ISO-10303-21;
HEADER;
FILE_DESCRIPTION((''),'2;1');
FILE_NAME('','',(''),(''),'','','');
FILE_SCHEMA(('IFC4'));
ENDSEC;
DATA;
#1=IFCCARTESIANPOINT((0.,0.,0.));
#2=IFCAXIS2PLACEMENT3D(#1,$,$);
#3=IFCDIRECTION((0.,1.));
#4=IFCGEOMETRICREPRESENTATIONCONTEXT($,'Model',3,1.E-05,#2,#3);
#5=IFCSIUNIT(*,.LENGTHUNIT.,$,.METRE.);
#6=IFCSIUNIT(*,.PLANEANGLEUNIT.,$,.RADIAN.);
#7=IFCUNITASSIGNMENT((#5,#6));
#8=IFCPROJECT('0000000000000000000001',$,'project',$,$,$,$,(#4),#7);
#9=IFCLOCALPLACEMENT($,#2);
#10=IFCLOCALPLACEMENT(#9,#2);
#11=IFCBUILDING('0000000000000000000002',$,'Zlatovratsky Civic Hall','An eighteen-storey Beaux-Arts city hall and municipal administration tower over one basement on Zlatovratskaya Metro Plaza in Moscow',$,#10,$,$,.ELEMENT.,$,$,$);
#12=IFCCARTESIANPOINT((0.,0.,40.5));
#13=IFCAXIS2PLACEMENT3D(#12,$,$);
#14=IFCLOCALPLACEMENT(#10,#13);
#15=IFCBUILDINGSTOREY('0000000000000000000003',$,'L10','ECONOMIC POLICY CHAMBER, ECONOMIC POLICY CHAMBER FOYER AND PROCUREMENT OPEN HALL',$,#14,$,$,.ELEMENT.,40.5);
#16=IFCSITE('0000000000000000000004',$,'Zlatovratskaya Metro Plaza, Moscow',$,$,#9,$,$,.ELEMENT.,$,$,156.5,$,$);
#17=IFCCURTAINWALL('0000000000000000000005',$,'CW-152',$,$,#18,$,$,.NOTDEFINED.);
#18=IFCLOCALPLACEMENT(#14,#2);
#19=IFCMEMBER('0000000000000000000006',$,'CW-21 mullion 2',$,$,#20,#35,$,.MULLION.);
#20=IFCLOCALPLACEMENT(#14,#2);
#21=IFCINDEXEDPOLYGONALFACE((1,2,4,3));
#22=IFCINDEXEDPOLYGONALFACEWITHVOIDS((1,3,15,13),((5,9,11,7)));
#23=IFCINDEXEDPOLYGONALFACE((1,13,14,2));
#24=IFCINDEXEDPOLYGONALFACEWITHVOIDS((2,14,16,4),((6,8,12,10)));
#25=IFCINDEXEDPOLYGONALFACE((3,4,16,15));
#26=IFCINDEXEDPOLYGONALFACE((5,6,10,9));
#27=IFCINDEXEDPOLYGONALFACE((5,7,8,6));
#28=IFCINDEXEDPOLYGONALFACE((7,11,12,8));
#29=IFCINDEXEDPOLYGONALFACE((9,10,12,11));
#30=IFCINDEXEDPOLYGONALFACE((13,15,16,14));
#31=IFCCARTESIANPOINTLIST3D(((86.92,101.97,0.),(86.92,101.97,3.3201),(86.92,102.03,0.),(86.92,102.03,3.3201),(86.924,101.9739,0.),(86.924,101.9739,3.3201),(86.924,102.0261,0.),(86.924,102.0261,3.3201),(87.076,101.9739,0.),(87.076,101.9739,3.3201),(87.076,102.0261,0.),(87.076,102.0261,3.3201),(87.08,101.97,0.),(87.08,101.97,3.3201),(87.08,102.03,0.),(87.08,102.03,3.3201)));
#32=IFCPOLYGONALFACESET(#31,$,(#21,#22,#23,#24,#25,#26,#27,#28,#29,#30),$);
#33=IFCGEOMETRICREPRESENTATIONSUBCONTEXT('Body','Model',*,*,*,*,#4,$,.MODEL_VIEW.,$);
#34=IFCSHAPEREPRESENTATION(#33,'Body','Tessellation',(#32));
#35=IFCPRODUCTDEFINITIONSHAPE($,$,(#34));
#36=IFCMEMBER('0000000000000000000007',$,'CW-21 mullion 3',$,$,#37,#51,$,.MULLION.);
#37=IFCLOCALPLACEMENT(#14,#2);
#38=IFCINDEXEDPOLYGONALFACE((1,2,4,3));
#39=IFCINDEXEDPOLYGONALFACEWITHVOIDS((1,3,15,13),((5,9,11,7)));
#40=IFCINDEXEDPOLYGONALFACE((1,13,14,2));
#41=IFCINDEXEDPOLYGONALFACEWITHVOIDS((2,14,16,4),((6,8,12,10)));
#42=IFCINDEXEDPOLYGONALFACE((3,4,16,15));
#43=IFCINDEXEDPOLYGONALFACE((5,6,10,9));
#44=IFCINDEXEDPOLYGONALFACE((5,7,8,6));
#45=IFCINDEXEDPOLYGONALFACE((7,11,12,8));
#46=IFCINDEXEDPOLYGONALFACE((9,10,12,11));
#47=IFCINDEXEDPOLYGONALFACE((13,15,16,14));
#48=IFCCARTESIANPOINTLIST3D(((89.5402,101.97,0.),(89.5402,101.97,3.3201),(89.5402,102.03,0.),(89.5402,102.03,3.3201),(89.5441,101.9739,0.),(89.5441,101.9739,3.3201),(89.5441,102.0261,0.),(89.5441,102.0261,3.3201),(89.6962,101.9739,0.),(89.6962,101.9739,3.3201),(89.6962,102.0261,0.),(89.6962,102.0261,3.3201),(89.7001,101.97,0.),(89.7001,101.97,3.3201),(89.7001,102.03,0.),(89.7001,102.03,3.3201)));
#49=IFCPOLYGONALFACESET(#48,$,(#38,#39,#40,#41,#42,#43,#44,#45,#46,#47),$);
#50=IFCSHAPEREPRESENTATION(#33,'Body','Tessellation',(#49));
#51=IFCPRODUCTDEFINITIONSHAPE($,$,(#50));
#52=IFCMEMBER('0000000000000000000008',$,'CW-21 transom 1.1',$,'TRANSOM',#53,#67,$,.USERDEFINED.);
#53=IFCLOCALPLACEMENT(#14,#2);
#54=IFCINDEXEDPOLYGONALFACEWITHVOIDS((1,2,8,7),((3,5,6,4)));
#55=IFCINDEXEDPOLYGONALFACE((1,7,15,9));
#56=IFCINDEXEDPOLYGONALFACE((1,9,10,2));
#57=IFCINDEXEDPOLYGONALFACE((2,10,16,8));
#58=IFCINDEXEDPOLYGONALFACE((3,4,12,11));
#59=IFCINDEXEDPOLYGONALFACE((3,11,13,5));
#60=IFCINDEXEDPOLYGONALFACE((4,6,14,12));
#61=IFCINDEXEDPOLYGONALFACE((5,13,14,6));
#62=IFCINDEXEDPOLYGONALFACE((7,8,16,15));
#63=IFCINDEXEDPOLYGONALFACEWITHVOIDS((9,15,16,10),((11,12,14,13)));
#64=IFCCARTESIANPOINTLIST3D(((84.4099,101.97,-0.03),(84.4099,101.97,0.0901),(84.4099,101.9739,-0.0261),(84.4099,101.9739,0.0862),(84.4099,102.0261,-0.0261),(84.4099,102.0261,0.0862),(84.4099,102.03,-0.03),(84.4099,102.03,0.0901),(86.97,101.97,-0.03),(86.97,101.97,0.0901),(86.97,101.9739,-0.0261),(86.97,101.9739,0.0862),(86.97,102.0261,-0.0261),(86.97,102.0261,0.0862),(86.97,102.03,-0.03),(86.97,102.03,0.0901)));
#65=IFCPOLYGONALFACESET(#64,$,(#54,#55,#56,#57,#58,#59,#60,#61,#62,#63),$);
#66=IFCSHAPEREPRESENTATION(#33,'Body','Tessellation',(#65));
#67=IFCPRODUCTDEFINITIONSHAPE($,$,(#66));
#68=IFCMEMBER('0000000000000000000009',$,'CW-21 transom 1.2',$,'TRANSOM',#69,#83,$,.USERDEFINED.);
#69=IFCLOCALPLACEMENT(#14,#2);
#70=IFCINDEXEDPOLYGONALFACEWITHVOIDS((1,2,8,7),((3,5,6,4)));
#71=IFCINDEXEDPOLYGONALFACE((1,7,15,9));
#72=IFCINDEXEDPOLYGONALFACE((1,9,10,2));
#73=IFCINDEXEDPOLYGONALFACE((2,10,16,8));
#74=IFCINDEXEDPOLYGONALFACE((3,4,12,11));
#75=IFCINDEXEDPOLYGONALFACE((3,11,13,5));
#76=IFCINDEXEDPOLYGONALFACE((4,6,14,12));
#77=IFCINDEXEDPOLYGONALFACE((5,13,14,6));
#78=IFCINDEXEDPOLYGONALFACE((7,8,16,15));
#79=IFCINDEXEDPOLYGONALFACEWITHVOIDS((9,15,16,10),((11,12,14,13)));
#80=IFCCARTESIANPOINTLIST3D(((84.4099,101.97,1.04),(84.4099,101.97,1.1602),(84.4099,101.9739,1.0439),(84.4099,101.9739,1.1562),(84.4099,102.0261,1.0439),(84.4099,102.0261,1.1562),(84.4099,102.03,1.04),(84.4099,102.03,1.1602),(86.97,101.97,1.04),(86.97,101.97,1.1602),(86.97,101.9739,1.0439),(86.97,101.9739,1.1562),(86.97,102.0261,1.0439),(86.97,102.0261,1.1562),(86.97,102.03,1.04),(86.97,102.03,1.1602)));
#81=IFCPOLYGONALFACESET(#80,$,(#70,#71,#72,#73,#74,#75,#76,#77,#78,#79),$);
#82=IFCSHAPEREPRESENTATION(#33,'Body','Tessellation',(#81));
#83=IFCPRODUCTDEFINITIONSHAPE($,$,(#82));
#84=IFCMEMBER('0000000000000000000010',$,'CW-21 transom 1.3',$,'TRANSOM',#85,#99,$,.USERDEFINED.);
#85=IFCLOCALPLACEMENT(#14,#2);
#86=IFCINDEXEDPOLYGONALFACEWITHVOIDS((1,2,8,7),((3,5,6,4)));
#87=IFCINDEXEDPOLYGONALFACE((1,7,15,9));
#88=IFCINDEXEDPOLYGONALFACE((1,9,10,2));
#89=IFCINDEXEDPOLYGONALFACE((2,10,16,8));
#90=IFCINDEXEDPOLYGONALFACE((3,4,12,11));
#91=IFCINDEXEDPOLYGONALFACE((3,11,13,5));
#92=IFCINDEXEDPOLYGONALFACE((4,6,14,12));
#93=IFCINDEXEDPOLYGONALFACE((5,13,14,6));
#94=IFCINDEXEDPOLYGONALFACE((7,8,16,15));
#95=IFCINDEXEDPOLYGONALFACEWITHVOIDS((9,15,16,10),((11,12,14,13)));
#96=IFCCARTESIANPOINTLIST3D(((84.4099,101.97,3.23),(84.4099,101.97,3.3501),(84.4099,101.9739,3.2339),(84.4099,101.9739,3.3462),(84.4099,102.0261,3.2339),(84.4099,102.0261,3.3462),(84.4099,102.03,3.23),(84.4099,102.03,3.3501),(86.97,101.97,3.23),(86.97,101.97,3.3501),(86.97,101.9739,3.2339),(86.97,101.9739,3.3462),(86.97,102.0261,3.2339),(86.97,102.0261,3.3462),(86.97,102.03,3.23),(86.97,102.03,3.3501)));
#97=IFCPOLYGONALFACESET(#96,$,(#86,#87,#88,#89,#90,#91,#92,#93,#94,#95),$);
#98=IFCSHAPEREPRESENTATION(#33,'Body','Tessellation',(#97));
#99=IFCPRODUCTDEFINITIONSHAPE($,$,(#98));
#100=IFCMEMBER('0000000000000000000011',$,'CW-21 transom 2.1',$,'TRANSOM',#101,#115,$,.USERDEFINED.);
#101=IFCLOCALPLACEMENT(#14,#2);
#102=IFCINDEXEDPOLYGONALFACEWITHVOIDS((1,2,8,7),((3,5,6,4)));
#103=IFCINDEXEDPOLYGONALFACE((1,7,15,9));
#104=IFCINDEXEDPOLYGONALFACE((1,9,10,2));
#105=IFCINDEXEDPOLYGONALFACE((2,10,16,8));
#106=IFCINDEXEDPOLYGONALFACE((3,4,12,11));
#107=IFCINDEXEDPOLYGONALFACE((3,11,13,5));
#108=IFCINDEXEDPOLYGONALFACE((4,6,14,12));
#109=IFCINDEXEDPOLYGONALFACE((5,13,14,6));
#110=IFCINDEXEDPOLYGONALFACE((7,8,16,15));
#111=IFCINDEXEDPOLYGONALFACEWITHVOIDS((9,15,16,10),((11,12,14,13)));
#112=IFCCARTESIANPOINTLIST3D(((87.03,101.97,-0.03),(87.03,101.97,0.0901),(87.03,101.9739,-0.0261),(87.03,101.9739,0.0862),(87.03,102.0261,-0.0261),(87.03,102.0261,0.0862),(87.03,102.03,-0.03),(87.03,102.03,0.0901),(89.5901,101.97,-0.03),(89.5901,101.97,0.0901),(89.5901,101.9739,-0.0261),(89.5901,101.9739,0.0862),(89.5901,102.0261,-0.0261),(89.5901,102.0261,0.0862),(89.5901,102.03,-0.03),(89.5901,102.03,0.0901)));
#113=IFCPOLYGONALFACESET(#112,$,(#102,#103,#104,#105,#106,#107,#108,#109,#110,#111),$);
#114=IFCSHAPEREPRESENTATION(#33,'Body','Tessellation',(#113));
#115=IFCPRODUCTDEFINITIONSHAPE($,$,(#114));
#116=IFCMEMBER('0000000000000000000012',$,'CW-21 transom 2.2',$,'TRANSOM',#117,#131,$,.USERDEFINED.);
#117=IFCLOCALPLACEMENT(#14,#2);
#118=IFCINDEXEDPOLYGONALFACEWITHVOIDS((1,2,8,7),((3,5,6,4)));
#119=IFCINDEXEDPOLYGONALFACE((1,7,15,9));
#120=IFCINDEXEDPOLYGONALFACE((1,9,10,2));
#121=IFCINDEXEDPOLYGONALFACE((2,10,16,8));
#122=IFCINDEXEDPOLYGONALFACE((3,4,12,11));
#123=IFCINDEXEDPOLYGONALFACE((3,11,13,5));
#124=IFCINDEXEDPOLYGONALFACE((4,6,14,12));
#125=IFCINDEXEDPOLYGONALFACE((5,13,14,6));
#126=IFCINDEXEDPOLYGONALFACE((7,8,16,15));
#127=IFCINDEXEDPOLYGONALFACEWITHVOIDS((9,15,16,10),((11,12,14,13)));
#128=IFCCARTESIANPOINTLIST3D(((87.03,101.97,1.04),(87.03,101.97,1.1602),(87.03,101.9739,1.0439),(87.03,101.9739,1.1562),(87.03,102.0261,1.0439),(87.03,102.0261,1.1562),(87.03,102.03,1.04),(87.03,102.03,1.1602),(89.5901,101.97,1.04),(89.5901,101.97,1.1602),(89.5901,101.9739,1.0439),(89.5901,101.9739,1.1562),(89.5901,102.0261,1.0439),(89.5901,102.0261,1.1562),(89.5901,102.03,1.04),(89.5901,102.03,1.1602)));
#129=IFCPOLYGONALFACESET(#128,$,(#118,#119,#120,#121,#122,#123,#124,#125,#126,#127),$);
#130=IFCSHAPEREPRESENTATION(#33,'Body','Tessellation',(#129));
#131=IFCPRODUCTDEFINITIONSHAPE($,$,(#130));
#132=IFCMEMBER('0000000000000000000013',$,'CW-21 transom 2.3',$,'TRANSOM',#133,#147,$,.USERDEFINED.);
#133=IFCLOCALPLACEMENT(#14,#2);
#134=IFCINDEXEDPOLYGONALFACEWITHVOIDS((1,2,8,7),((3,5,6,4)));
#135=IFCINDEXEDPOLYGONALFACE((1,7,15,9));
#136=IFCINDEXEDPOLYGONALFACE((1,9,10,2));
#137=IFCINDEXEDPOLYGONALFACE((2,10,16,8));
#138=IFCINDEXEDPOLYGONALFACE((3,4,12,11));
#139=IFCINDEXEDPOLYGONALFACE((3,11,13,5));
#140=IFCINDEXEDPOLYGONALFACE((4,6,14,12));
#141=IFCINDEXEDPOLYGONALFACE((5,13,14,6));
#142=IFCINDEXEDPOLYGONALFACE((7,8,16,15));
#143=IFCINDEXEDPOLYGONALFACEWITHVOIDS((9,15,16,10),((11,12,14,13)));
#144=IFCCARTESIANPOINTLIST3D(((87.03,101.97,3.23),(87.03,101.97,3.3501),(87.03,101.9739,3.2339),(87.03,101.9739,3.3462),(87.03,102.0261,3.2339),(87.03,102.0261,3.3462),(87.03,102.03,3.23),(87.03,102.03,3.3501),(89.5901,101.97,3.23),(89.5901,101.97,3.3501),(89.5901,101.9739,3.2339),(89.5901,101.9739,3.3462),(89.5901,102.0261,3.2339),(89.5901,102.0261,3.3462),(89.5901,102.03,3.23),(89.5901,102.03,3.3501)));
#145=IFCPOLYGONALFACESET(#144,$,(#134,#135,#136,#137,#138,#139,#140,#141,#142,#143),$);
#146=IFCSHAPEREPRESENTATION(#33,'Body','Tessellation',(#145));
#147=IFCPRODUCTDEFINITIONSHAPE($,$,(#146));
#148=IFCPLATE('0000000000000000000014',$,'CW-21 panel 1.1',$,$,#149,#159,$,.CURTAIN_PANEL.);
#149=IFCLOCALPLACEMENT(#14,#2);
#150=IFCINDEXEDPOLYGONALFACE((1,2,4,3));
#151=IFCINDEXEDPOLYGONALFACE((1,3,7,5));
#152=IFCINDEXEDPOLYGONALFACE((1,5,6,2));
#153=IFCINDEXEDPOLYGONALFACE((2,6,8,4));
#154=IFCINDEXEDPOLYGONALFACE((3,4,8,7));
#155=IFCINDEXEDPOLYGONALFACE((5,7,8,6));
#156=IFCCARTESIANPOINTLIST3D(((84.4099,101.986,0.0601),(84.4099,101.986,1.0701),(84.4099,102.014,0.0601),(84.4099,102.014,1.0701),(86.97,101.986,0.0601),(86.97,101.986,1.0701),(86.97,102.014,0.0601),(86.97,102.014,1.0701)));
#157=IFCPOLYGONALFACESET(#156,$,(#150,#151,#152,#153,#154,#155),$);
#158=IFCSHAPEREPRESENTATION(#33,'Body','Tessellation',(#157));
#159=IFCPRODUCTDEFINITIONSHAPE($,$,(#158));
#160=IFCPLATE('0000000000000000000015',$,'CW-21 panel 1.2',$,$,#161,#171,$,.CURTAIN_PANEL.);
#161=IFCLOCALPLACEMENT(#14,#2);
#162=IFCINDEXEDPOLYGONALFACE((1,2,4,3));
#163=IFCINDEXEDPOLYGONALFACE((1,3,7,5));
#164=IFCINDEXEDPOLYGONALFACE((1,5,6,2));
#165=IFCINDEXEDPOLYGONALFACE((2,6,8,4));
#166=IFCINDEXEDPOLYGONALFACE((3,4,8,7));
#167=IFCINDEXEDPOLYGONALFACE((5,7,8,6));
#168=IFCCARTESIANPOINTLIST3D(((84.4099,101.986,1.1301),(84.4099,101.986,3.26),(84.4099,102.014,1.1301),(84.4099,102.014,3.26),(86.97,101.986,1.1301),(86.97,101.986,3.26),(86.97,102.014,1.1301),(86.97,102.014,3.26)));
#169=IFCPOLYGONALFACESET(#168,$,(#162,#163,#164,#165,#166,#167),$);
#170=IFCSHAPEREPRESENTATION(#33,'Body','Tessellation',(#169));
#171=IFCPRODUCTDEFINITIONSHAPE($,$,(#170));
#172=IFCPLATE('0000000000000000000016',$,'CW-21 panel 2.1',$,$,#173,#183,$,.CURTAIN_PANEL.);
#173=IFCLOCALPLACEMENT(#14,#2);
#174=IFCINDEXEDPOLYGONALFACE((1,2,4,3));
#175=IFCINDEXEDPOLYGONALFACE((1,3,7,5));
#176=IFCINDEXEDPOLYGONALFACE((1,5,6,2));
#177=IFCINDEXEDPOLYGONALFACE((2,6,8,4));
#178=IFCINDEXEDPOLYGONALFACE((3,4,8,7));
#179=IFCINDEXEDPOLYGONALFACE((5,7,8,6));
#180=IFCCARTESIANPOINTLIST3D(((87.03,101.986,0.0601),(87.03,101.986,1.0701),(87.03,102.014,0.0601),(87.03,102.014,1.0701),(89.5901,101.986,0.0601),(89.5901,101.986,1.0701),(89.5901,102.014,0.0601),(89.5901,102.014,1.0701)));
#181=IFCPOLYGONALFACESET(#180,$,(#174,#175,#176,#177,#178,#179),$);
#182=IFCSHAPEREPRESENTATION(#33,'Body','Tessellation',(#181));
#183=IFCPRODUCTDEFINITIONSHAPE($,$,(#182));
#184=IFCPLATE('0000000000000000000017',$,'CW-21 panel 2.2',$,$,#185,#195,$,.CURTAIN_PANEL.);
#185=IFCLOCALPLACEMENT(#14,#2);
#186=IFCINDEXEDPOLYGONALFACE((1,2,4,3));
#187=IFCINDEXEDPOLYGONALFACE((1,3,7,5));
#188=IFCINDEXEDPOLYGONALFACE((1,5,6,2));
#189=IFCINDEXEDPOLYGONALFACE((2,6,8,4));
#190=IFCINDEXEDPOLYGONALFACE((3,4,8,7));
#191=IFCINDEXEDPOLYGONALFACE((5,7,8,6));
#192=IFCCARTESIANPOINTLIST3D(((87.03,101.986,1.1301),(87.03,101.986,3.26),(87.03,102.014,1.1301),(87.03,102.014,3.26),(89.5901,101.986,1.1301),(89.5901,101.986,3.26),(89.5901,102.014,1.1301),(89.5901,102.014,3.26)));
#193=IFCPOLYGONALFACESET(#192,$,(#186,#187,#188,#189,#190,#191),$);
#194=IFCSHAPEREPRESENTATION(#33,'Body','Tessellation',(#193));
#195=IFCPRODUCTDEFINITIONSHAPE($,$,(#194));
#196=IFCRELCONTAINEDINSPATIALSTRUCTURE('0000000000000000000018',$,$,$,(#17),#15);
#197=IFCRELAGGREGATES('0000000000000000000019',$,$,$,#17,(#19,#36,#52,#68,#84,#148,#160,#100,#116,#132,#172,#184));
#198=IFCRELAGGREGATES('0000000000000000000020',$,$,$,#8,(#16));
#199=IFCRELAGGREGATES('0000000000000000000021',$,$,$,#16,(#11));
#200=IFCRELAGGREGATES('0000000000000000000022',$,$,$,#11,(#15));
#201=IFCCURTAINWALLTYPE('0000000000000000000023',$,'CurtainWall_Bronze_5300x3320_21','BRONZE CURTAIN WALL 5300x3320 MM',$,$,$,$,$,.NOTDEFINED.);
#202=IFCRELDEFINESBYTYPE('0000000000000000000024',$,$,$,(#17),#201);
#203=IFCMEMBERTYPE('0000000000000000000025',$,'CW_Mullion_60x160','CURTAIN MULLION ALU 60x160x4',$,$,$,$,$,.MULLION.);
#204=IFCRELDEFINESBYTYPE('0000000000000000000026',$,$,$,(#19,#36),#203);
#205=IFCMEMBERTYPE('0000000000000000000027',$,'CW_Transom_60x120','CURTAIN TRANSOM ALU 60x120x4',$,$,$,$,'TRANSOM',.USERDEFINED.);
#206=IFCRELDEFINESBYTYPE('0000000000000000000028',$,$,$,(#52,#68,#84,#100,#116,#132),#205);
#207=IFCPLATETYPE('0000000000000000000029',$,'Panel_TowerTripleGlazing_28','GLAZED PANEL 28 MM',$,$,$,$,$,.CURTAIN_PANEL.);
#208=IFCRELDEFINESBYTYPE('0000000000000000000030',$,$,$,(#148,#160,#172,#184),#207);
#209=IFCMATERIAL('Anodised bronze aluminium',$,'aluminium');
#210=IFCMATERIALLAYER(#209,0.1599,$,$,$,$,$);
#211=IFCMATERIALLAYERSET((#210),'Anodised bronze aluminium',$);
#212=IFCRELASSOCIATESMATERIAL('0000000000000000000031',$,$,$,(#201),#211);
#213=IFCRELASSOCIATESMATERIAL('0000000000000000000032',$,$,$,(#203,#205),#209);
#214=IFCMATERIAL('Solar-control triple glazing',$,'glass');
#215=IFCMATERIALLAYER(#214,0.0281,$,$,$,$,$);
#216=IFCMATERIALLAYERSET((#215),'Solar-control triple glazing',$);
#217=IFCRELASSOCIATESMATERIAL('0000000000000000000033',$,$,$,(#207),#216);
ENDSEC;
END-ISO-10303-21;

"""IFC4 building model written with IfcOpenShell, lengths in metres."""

from ifc_helpers import new_model, si_unit, direction, frame, origin, origin_2d, place, context, subcontext, project, spatial, rectangle, hollow_rectangle, extrude, material, layer, layer_set, material_profile, profile_set, type_object, element, aggregate, save


model = new_model("IFC4")

# Units and contexts
model_context = context("Model", 3, precision=1e-05, world=origin(), true_north=direction((0.0, 1.0)))
body_context = subcontext(model_context, "Body", "Model", "MODEL_VIEW")
ifc_project = project(units=[si_unit("LENGTHUNIT", "METRE"), si_unit("PLANEANGLEUNIT", "RADIAN")], contexts=[model_context])

# Site, building, storey
site_placement = place(None, origin())
site = spatial("IfcSite", under=ifc_project, at=site_placement, Name="Zlatovratskaya Metro Plaza, Moscow", CompositionType="ELEMENT", RefElevation=156.5)
building_placement = place(site_placement, origin())
building = spatial("IfcBuilding", under=site, at=building_placement, Name="Zlatovratsky Civic Hall", Description="An eighteen-storey Beaux-Arts city hall and municipal administration tower over one basement on Zlatovratskaya Metro Plaza in Moscow", CompositionType="ELEMENT")
storey_placement = place(building_placement, frame((0.0, 0.0, 40.5)))
storey = spatial("IfcBuildingStorey", under=building, at=storey_placement, Name="L10", Description="ECONOMIC POLICY CHAMBER, ECONOMIC POLICY CHAMBER FOYER AND PROCUREMENT OPEN HALL", CompositionType="ELEMENT", Elevation=40.5)

# Shared definitions
ifc_material_1 = material(Name="Anodised bronze aluminium", Category="aluminium")
ifc_layer_1 = layer(ifc_material_1, 0.1599)
ifc_layer_set_1 = layer_set([ifc_layer_1], Name="Anodised bronze aluminium")
curtain_wall_type = type_object("IfcCurtainWallType", Name="CurtainWall_Bronze_5300x3320_21", Description="BRONZE CURTAIN WALL 5300x3320 MM", PredefinedType="NOTDEFINED", material=ifc_layer_set_1)
ifc_material_profile_1 = material_profile(ifc_material_1, hollow_rectangle(XDim=0.0601, YDim=0.1599, WallThickness=0.0039, at=origin_2d()), Name="ALU 60x160x4")
ifc_profile_set_1 = profile_set([ifc_material_profile_1], Name="Anodised bronze aluminium")
member_type_1 = type_object("IfcMemberType", Name="CW_Mullion_60x160", Description="CURTAIN MULLION ALU 60x160x4", PredefinedType="MULLION", material=ifc_profile_set_1)

# Curtain wall, members, plates
curtain_wall_1_placement = place(storey_placement, origin())
curtain_wall_1 = element("IfcCurtainWall", 1, at=curtain_wall_1_placement, inside=storey, type_object=curtain_wall_type, Name="CW-152", PredefinedType="NOTDEFINED")
member_1_placement = place(storey_placement, frame((87.0, 102.0, 0.0), z_axis=(0.0, 0.0, 1.0), x_axis=(0.0, 1.0, 0.0)))
member_1 = element("IfcMember", 2, at=member_1_placement, type_object=member_type_1, Name="CW-21 mullion 2", PredefinedType="MULLION", context=body_context, shape_type="SweptSolid", body=[
    extrude(hollow_rectangle(XDim=0.0601, YDim=0.1599, WallThickness=0.0039, at=origin_2d()), origin(), (0.0, 0.0, 1.0), 3.3201),
])
member_2_placement = place(storey_placement, frame((89.6201, 102.0, 0.0), z_axis=(0.0, 0.0, 1.0), x_axis=(0.0, 1.0, 0.0)))
member_2 = element("IfcMember", 3, at=member_2_placement, type_object=member_type_1, Name="CW-21 mullion 3", PredefinedType="MULLION", context=body_context, shape_type="SweptSolid", body=[
    extrude(hollow_rectangle(XDim=0.0601, YDim=0.1599, WallThickness=0.0039, at=origin_2d()), origin(), (0.0, 0.0, 1.0), 3.3201),
])
ifc_material_profile_2 = material_profile(ifc_material_1, hollow_rectangle(XDim=0.0601, YDim=0.1201, WallThickness=0.0039, at=origin_2d()), Name="ALU 60x120x4")
ifc_profile_set_2 = profile_set([ifc_material_profile_2], Name="Anodised bronze aluminium")
member_type_2 = type_object("IfcMemberType", Name="CW_Transom_60x120", Description="CURTAIN TRANSOM ALU 60x120x4", ElementType="TRANSOM", PredefinedType="USERDEFINED", material=ifc_profile_set_2)
member_3_placement = place(storey_placement, frame((84.4099, 102.0, 0.03), z_axis=(1.0, 0.0, 0.0), x_axis=(0.0, 1.0, 0.0)))
member_3 = element("IfcMember", 4, at=member_3_placement, type_object=member_type_2, Name="CW-21 transom 1.1", ObjectType="TRANSOM", PredefinedType="USERDEFINED", context=body_context, shape_type="SweptSolid", body=[
    extrude(hollow_rectangle(XDim=0.0601, YDim=0.1201, WallThickness=0.0039, at=origin_2d()), origin(), (0.0, 0.0, 1.0), 2.5601),
])
member_4_placement = place(storey_placement, frame((84.4099, 102.0, 1.1001), z_axis=(1.0, 0.0, 0.0), x_axis=(0.0, 1.0, 0.0)))
member_4 = element("IfcMember", 5, at=member_4_placement, type_object=member_type_2, Name="CW-21 transom 1.2", ObjectType="TRANSOM", PredefinedType="USERDEFINED", context=body_context, shape_type="SweptSolid", body=[
    extrude(hollow_rectangle(XDim=0.0601, YDim=0.1201, WallThickness=0.0039, at=origin_2d()), origin(), (0.0, 0.0, 1.0), 2.5601),
])
member_5_placement = place(storey_placement, frame((84.4099, 102.0, 3.29), z_axis=(1.0, 0.0, 0.0), x_axis=(0.0, 1.0, 0.0)))
member_5 = element("IfcMember", 6, at=member_5_placement, type_object=member_type_2, Name="CW-21 transom 1.3", ObjectType="TRANSOM", PredefinedType="USERDEFINED", context=body_context, shape_type="SweptSolid", body=[
    extrude(hollow_rectangle(XDim=0.0601, YDim=0.1201, WallThickness=0.0039, at=origin_2d()), origin(), (0.0, 0.0, 1.0), 2.5601),
])
member_6_placement = place(storey_placement, frame((87.03, 102.0, 0.03), z_axis=(1.0, 0.0, 0.0), x_axis=(0.0, 1.0, 0.0)))
member_6 = element("IfcMember", 7, at=member_6_placement, type_object=member_type_2, Name="CW-21 transom 2.1", ObjectType="TRANSOM", PredefinedType="USERDEFINED", context=body_context, shape_type="SweptSolid", body=[
    extrude(hollow_rectangle(XDim=0.0601, YDim=0.1201, WallThickness=0.0039, at=origin_2d()), origin(), (0.0, 0.0, 1.0), 2.5601),
])
member_7_placement = place(storey_placement, frame((87.03, 102.0, 1.1001), z_axis=(1.0, 0.0, 0.0), x_axis=(0.0, 1.0, 0.0)))
member_7 = element("IfcMember", 8, at=member_7_placement, type_object=member_type_2, Name="CW-21 transom 2.2", ObjectType="TRANSOM", PredefinedType="USERDEFINED", context=body_context, shape_type="SweptSolid", body=[
    extrude(hollow_rectangle(XDim=0.0601, YDim=0.1201, WallThickness=0.0039, at=origin_2d()), origin(), (0.0, 0.0, 1.0), 2.5601),
])
member_8_placement = place(storey_placement, frame((87.03, 102.0, 3.29), z_axis=(1.0, 0.0, 0.0), x_axis=(0.0, 1.0, 0.0)))
member_8 = element("IfcMember", 9, at=member_8_placement, type_object=member_type_2, Name="CW-21 transom 2.3", ObjectType="TRANSOM", PredefinedType="USERDEFINED", context=body_context, shape_type="SweptSolid", body=[
    extrude(hollow_rectangle(XDim=0.0601, YDim=0.1201, WallThickness=0.0039, at=origin_2d()), origin(), (0.0, 0.0, 1.0), 2.5601),
])
ifc_material_2 = material(Name="Solar-control triple glazing", Category="glass")
ifc_layer_2 = layer(ifc_material_2, 0.0281)
ifc_layer_set_2 = layer_set([ifc_layer_2], Name="Solar-control triple glazing")
plate_type = type_object("IfcPlateType", Name="Panel_TowerTripleGlazing_28", Description="GLAZED PANEL 28 MM", PredefinedType="CURTAIN_PANEL", material=ifc_layer_set_2)
plate_1_placement = place(storey_placement, frame((85.6899, 102.0, 0.0601), z_axis=(0.0, 0.0, 1.0), x_axis=(1.0, 0.0, 0.0)))
plate_1 = element("IfcPlate", 10, at=plate_1_placement, type_object=plate_type, Name="CW-21 panel 1.1", PredefinedType="CURTAIN_PANEL", context=body_context, shape_type="SweptSolid", body=[
    extrude(rectangle(XDim=2.5601, YDim=0.0281, at=origin_2d()), origin(), (0.0, 0.0, 1.0), 1.01),
])
plate_2_placement = place(storey_placement, frame((85.6899, 102.0, 1.1301), z_axis=(0.0, 0.0, 1.0), x_axis=(1.0, 0.0, 0.0)))
plate_2 = element("IfcPlate", 11, at=plate_2_placement, type_object=plate_type, Name="CW-21 panel 1.2", PredefinedType="CURTAIN_PANEL", context=body_context, shape_type="SweptSolid", body=[
    extrude(rectangle(XDim=2.5601, YDim=0.0281, at=origin_2d()), origin(), (0.0, 0.0, 1.0), 2.1299),
])
plate_3_placement = place(storey_placement, frame((88.3101, 102.0, 0.0601), z_axis=(0.0, 0.0, 1.0), x_axis=(1.0, 0.0, 0.0)))
plate_3 = element("IfcPlate", 12, at=plate_3_placement, type_object=plate_type, Name="CW-21 panel 2.1", PredefinedType="CURTAIN_PANEL", context=body_context, shape_type="SweptSolid", body=[
    extrude(rectangle(XDim=2.5601, YDim=0.0281, at=origin_2d()), origin(), (0.0, 0.0, 1.0), 1.01),
])
plate_4_placement = place(storey_placement, frame((88.3101, 102.0, 1.1301), z_axis=(0.0, 0.0, 1.0), x_axis=(1.0, 0.0, 0.0)))
plate_4 = element("IfcPlate", 13, at=plate_4_placement, type_object=plate_type, Name="CW-21 panel 2.2", PredefinedType="CURTAIN_PANEL", context=body_context, shape_type="SweptSolid", body=[
    extrude(rectangle(XDim=2.5601, YDim=0.0281, at=origin_2d()), origin(), (0.0, 0.0, 1.0), 2.1299),
])
aggregate(curtain_wall_1, [member_1, member_2, member_3, member_4, member_5, plate_1, plate_2, member_6, member_7, member_8, plate_3, plate_4])

save(model, "model.ifc")
